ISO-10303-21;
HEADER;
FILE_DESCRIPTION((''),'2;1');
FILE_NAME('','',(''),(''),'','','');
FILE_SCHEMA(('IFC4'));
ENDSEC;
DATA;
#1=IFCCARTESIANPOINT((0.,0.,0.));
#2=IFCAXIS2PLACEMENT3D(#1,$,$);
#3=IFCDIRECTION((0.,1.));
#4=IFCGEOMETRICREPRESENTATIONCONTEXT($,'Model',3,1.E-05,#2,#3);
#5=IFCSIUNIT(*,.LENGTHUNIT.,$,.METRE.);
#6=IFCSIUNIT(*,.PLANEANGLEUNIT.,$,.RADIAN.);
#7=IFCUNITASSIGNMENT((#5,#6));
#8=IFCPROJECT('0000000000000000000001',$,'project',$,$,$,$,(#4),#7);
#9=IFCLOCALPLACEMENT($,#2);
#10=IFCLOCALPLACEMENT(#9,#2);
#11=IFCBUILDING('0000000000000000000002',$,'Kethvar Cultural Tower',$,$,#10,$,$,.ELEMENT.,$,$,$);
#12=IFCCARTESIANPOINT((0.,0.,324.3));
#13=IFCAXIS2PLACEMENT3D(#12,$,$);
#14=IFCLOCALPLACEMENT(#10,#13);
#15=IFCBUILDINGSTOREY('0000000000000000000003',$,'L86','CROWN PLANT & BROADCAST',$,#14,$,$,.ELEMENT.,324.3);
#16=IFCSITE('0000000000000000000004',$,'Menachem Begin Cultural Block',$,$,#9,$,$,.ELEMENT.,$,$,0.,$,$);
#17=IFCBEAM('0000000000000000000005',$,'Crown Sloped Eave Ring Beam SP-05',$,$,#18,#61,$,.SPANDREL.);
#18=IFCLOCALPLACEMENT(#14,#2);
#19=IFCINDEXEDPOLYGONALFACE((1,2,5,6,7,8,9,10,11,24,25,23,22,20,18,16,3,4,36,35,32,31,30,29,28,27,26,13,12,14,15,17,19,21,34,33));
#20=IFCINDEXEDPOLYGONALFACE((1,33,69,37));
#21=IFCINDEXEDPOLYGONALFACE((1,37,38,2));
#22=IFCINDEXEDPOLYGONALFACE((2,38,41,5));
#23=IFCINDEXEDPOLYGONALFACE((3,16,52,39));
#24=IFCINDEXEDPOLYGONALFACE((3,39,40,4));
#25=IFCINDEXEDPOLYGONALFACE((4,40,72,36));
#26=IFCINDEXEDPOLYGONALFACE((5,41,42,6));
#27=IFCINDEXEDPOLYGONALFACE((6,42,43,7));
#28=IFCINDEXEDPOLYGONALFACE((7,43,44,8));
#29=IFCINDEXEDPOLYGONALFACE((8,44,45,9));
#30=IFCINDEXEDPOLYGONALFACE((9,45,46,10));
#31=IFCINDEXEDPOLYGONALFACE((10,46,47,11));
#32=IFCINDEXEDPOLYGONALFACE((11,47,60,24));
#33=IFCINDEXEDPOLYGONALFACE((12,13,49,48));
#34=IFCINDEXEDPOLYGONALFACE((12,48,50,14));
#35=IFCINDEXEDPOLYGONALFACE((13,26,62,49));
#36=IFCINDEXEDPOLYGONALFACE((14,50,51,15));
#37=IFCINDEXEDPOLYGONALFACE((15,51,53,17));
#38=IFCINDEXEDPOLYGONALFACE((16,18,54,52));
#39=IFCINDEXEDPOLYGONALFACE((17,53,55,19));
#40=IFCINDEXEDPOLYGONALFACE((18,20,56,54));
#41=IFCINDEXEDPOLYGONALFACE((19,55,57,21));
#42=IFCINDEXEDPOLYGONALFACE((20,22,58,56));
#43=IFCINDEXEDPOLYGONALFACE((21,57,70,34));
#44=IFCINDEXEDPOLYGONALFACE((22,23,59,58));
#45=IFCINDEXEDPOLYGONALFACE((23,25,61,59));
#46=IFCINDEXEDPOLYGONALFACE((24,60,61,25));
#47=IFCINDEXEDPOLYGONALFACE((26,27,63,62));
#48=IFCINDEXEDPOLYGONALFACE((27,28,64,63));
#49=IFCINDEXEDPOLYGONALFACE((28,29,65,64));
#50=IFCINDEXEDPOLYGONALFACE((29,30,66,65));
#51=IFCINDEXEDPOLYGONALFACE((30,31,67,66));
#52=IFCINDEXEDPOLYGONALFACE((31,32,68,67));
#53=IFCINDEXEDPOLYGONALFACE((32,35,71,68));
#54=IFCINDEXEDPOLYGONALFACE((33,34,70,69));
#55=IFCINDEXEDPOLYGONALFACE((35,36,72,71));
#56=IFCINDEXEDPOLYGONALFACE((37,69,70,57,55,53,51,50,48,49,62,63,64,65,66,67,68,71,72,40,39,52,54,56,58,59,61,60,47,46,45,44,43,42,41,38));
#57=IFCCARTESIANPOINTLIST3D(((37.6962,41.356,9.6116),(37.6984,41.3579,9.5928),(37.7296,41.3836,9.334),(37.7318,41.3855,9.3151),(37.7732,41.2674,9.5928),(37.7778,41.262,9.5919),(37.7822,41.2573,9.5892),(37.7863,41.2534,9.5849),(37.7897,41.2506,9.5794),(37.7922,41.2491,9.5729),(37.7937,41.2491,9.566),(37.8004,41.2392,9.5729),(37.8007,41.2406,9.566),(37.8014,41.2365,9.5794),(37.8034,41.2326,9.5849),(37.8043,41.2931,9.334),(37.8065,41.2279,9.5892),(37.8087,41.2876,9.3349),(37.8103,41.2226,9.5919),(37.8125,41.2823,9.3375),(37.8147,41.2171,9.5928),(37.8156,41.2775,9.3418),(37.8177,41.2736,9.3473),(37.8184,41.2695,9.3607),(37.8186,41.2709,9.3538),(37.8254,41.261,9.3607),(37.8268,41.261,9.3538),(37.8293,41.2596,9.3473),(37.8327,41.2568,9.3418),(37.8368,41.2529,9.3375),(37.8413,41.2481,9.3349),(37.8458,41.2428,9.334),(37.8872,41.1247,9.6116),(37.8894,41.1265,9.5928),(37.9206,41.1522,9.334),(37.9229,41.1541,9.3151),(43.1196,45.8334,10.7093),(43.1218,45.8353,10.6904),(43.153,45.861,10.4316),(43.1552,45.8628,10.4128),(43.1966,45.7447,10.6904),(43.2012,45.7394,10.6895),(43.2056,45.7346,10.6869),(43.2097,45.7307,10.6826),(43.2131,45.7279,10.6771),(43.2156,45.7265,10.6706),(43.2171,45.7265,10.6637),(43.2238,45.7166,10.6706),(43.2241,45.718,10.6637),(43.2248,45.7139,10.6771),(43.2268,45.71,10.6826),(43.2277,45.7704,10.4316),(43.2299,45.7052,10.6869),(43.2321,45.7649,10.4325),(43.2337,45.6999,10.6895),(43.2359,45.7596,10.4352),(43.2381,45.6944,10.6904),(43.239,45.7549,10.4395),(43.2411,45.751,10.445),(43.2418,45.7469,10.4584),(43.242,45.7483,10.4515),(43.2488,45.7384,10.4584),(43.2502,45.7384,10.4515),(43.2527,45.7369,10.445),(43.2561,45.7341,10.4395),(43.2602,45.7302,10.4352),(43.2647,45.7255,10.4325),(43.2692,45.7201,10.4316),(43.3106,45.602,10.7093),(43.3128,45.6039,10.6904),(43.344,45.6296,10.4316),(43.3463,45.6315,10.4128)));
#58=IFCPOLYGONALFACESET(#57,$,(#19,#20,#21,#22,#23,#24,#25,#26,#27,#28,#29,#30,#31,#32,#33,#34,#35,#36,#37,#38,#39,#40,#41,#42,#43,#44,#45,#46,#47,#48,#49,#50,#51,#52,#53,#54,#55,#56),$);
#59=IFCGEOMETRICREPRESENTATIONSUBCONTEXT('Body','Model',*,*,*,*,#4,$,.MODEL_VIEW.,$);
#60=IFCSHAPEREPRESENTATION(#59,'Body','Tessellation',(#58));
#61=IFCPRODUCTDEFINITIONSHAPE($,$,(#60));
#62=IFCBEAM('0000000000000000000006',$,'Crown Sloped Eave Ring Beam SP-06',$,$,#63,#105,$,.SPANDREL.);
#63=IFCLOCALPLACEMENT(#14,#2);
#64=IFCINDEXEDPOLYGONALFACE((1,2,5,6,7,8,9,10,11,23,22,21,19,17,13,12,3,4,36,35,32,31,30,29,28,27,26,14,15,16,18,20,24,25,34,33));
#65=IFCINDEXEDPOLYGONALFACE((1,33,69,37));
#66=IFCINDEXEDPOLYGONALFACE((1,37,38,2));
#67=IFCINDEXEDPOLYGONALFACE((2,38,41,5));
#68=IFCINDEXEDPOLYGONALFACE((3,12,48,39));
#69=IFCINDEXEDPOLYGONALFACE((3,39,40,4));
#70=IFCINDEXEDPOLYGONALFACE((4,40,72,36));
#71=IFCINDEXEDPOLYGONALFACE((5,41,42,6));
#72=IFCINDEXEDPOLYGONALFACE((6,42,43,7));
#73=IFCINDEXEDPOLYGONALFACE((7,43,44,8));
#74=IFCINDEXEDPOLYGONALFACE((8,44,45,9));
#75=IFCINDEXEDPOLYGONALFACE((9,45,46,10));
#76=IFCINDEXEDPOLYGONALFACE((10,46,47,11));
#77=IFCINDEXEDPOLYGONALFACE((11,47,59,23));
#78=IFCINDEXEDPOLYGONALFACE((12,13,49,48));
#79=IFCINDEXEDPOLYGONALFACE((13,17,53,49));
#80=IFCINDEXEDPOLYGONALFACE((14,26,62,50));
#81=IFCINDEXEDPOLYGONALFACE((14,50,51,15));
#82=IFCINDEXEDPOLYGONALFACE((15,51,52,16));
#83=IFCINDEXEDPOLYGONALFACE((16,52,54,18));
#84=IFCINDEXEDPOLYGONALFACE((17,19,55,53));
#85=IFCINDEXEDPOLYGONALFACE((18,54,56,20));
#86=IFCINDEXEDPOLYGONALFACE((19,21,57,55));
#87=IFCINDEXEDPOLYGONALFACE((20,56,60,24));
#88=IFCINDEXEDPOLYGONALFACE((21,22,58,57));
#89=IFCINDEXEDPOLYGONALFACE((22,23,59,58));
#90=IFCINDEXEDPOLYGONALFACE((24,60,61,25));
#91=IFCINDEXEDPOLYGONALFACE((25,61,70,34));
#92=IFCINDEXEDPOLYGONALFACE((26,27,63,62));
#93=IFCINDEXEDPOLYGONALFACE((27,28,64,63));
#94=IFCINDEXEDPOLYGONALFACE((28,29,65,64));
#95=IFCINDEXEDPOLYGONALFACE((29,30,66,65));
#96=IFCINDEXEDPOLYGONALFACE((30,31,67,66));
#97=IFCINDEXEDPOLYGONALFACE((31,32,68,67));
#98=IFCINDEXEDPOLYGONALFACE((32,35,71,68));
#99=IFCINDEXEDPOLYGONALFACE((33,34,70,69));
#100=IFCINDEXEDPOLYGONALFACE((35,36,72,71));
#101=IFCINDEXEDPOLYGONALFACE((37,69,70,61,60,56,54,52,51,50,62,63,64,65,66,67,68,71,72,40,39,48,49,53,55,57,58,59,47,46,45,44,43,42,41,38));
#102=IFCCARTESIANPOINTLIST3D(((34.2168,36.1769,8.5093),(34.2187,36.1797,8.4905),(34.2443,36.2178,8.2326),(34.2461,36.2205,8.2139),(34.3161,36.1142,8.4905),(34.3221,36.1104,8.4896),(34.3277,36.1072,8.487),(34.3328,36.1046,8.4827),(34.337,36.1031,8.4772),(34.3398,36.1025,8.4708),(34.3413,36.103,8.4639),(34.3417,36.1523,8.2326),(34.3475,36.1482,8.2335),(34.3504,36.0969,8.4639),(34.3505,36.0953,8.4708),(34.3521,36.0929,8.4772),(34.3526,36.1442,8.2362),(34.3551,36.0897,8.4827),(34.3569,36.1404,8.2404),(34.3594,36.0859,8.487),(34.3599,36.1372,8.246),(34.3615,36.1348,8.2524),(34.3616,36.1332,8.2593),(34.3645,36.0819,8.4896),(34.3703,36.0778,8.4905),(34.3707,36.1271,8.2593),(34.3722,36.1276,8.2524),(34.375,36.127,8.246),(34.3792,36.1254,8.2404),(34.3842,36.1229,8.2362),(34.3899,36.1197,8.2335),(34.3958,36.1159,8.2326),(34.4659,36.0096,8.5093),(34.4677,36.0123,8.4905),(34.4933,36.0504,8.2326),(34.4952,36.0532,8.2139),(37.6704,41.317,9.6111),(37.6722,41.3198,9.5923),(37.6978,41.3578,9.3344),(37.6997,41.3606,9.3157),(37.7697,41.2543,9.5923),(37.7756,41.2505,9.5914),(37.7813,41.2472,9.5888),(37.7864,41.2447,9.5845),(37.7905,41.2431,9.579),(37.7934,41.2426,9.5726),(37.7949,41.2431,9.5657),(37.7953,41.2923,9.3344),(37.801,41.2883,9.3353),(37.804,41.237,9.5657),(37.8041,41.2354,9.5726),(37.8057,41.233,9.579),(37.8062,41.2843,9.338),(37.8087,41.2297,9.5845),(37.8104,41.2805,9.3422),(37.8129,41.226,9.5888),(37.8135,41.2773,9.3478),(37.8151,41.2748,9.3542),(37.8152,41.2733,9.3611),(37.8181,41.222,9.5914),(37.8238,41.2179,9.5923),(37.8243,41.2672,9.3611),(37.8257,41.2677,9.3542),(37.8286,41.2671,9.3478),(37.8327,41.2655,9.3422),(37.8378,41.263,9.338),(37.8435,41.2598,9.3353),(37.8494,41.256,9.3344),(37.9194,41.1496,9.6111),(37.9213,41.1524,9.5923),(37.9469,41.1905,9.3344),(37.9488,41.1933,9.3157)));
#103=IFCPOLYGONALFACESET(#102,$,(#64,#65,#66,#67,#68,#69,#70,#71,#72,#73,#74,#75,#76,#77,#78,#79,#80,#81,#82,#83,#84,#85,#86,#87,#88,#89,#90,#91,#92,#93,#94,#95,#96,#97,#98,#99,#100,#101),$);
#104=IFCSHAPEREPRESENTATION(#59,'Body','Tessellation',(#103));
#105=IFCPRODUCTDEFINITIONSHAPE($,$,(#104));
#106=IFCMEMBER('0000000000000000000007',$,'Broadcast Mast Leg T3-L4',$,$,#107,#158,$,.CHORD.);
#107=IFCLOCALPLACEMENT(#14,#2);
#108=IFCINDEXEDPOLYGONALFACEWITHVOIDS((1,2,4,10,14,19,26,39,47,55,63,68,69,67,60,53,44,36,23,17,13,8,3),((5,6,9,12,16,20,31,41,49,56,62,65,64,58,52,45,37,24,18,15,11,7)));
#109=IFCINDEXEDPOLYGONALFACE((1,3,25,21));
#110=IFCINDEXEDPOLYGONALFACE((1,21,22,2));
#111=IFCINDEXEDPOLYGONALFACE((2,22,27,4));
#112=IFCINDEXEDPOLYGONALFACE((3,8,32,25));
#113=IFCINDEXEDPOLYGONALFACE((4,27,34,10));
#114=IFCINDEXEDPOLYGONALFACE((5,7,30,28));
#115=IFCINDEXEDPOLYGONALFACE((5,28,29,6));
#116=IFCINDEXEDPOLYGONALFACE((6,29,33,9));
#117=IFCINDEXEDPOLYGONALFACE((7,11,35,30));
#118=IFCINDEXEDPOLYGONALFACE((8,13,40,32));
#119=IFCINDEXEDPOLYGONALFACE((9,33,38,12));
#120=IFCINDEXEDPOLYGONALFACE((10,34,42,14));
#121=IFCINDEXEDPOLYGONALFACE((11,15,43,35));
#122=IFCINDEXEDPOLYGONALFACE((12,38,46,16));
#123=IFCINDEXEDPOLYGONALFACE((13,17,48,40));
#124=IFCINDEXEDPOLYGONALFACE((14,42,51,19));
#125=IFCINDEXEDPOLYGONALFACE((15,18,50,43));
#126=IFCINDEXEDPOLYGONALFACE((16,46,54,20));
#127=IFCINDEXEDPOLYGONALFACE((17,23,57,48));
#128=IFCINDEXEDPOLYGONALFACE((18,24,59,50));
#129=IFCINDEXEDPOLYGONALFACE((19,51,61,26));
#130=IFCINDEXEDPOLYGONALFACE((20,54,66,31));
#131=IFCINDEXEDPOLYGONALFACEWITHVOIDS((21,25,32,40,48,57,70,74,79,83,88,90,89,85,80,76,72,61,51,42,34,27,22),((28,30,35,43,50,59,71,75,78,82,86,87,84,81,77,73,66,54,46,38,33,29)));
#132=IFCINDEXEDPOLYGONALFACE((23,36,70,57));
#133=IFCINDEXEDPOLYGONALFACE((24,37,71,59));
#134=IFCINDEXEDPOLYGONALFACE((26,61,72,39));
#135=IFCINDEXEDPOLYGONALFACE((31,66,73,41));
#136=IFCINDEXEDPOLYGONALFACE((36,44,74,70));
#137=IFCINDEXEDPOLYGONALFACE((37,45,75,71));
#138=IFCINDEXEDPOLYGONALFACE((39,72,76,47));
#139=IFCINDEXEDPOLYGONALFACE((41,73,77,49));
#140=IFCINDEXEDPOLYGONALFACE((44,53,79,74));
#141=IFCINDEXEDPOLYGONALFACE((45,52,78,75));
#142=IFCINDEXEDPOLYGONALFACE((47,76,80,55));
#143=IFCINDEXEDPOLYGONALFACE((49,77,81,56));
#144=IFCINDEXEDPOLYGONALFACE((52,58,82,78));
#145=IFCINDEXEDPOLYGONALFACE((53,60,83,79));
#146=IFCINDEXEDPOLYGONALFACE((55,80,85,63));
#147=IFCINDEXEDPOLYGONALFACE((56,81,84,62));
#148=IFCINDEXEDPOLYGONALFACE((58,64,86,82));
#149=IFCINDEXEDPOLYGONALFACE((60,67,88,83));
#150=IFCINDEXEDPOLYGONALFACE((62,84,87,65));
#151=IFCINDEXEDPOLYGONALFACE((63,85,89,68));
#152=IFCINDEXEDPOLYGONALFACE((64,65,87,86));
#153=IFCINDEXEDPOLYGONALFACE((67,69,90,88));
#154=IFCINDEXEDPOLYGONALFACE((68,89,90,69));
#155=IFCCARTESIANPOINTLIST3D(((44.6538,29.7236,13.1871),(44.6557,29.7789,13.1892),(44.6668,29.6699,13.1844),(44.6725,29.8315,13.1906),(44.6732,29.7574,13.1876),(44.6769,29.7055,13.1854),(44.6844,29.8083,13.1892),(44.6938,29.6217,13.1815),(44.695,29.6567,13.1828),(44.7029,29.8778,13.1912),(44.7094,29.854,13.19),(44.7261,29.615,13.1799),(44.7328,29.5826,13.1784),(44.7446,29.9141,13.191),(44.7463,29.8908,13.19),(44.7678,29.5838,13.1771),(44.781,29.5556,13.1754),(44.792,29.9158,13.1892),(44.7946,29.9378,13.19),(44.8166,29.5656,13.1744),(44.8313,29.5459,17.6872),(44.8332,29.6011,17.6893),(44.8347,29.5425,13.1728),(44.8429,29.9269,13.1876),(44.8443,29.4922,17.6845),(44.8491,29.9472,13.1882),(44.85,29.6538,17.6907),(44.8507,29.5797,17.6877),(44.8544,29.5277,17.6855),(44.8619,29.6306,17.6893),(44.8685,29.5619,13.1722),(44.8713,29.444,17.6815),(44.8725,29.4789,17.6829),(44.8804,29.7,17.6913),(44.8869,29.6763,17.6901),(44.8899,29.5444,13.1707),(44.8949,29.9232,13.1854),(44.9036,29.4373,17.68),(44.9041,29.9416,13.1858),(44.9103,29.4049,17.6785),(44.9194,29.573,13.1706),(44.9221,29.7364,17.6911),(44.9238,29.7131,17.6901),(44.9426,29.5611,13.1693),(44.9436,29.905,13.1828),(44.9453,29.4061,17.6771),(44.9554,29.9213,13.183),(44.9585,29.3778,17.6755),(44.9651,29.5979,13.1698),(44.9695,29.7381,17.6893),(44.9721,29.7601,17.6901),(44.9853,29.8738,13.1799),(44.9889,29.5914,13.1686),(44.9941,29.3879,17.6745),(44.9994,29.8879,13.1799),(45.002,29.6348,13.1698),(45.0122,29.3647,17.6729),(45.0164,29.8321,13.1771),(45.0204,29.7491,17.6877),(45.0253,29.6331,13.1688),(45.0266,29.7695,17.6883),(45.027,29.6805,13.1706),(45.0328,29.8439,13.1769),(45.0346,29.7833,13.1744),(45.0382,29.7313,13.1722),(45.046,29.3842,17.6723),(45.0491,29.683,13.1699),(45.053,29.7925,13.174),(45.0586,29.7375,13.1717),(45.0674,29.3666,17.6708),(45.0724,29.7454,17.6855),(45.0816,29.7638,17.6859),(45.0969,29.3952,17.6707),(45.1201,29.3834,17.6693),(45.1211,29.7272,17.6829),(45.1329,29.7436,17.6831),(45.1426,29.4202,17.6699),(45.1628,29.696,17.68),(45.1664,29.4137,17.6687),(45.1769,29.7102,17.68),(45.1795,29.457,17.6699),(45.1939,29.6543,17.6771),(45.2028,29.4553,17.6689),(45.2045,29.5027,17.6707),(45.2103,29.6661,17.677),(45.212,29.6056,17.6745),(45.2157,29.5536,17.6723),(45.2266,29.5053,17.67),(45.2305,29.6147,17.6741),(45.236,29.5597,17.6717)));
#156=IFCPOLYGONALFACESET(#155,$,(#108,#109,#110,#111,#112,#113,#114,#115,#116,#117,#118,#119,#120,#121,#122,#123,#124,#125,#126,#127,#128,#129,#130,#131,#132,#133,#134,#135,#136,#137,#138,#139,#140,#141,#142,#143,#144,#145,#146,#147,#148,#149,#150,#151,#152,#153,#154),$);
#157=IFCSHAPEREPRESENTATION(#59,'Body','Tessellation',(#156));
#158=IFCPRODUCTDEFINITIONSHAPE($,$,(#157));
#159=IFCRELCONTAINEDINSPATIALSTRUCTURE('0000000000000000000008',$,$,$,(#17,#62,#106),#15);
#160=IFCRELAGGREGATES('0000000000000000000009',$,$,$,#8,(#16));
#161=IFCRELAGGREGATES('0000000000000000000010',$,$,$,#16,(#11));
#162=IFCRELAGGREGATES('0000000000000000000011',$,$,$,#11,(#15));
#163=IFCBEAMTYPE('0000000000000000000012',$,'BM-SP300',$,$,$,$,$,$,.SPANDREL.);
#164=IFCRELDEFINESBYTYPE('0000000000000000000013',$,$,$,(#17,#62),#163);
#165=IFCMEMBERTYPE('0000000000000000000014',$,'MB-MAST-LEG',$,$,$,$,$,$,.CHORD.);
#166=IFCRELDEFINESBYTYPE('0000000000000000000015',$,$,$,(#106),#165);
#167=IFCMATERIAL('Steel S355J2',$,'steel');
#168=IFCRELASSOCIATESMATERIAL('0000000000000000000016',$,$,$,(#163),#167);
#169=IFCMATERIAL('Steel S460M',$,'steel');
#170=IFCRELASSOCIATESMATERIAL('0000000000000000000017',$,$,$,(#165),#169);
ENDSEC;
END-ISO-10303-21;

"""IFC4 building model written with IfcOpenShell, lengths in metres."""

from ifc_helpers import new_model, si_unit, direction, frame, origin, origin_2d, place, context, subcontext, project, spatial, hollow_circle, i_section, extrude, source, transform, mapped, material, material_profile, profile_set, type_object, element, save


model = new_model("IFC4")

# Units and contexts
model_context = context("Model", 3, precision=1e-05, world=origin(), true_north=direction((0.0, 1.0)))
body_context = subcontext(model_context, "Body", "Model", "MODEL_VIEW")
ifc_project = project(units=[si_unit("LENGTHUNIT", "METRE"), si_unit("PLANEANGLEUNIT", "RADIAN")], contexts=[model_context])

# Site, building, storey
site_placement = place(None, origin())
site = spatial("IfcSite", under=ifc_project, at=site_placement, Name="Menachem Begin Cultural Block", CompositionType="ELEMENT", RefElevation=0.0)
building_placement = place(site_placement, origin())
building = spatial("IfcBuilding", under=site, at=building_placement, Name="Kethvar Cultural Tower", CompositionType="ELEMENT")
storey_placement = place(building_placement, frame((0.0, 0.0, 324.3)))
storey = spatial("IfcBuildingStorey", under=building, at=storey_placement, Name="L86", Description="CROWN PLANT & BROADCAST", CompositionType="ELEMENT", Elevation=324.3)

# Beams
ifc_material_1 = material(Name="Steel S355J2", Category="steel")
ifc_material_profile_1 = material_profile(ifc_material_1, i_section(OverallWidth=0.3, OverallDepth=0.3, WebThickness=0.011, FlangeThickness=0.019, FilletRadius=0.0271, at=origin_2d()), Name="Steel S355J2 — HEB300")
ifc_profile_set_1 = profile_set([ifc_material_profile_1], Name="Steel S355J2 — HEB300")
beam_type = type_object("IfcBeamType", Name="BM-SP300", PredefinedType="SPANDREL", material=ifc_profile_set_1)
shared_shape_1 = source(origin(), body_context, "Body", "SweptSolid", [
    extrude(i_section(OverallWidth=0.3, OverallDepth=0.3, WebThickness=0.011, FlangeThickness=0.019, FilletRadius=0.0271, at=origin_2d()), origin(), (0.0, 0.0, 1.0), 7.1179),
])
beam_1_placement = place(storey_placement, frame((43.2329, 45.7324, 10.561), z_axis=(-0.761936, -0.629024, -0.154212), x_axis=(0.63664, -0.771161, 0.0)))
element("IfcBeam", 1, at=beam_1_placement, inside=storey, type_object=beam_type, Name="Crown Sloped Eave Ring Beam SP-05", PredefinedType="SPANDREL", context=body_context, shape_type="MappedRepresentation", body=[
    mapped(shared_shape_1, transform((0.0, 0.0, 0.0), scale=1.0)),
])
shared_shape_2 = source(origin(), body_context, "Body", "SweptSolid", [
    extrude(i_section(OverallWidth=0.3, OverallDepth=0.3, WebThickness=0.011, FlangeThickness=0.019, FilletRadius=0.0271, at=origin_2d()), origin(), (0.0, 0.0, 1.0), 6.2898),
])
beam_2_placement = place(storey_placement, frame((37.8096, 41.2551, 9.4634), z_axis=(-0.549076, -0.817209, -0.175172), x_axis=(0.830043, -0.557699, 0.0)))
element("IfcBeam", 2, at=beam_2_placement, inside=storey, type_object=beam_type, Name="Crown Sloped Eave Ring Beam SP-06", PredefinedType="SPANDREL", context=body_context, shape_type="MappedRepresentation", body=[
    mapped(shared_shape_2, transform((0.0, 0.0, 0.0), scale=1.0)),
])

# Member
ifc_material_2 = material(Name="Steel S460M", Category="steel")
ifc_material_profile_2 = material_profile(ifc_material_2, hollow_circle(Radius=0.2031, WallThickness=0.02, at=origin_2d()), Name="Steel S460M — CHS406x20")
ifc_profile_set_2 = profile_set([ifc_material_profile_2], Name="Steel S460M — CHS406x20")
member_type_1 = type_object("IfcMemberType", Name="MB-MAST-LEG", PredefinedType="CHORD", material=ifc_profile_set_2)
shared_shape_3 = source(origin(), body_context, "Body", "SweptSolid", [
    extrude(hollow_circle(Radius=0.2031, WallThickness=0.02, at=origin_2d()), origin(), (0.0, 0.0, 1.0), 4.5071),
])
for number, where, z_axis, x_axis, name in (
    (3, (44.8557, 29.7444, 13.1799), (0.039381, -0.039435, 0.998446), (0.707593, 0.706621, 0.0), "Broadcast Mast Leg T3-L4"),
):
    element("IfcMember", number, at=place(storey_placement, frame(where, z_axis=z_axis, x_axis=x_axis)), inside=storey, type_object=member_type_1, Name=name, PredefinedType="CHORD", context=body_context, shape_type="MappedRepresentation", body=[
        mapped(shared_shape_3, transform((0.0, 0.0, 0.0), scale=1.0)),
    ])

save(model, "model.ifc")
